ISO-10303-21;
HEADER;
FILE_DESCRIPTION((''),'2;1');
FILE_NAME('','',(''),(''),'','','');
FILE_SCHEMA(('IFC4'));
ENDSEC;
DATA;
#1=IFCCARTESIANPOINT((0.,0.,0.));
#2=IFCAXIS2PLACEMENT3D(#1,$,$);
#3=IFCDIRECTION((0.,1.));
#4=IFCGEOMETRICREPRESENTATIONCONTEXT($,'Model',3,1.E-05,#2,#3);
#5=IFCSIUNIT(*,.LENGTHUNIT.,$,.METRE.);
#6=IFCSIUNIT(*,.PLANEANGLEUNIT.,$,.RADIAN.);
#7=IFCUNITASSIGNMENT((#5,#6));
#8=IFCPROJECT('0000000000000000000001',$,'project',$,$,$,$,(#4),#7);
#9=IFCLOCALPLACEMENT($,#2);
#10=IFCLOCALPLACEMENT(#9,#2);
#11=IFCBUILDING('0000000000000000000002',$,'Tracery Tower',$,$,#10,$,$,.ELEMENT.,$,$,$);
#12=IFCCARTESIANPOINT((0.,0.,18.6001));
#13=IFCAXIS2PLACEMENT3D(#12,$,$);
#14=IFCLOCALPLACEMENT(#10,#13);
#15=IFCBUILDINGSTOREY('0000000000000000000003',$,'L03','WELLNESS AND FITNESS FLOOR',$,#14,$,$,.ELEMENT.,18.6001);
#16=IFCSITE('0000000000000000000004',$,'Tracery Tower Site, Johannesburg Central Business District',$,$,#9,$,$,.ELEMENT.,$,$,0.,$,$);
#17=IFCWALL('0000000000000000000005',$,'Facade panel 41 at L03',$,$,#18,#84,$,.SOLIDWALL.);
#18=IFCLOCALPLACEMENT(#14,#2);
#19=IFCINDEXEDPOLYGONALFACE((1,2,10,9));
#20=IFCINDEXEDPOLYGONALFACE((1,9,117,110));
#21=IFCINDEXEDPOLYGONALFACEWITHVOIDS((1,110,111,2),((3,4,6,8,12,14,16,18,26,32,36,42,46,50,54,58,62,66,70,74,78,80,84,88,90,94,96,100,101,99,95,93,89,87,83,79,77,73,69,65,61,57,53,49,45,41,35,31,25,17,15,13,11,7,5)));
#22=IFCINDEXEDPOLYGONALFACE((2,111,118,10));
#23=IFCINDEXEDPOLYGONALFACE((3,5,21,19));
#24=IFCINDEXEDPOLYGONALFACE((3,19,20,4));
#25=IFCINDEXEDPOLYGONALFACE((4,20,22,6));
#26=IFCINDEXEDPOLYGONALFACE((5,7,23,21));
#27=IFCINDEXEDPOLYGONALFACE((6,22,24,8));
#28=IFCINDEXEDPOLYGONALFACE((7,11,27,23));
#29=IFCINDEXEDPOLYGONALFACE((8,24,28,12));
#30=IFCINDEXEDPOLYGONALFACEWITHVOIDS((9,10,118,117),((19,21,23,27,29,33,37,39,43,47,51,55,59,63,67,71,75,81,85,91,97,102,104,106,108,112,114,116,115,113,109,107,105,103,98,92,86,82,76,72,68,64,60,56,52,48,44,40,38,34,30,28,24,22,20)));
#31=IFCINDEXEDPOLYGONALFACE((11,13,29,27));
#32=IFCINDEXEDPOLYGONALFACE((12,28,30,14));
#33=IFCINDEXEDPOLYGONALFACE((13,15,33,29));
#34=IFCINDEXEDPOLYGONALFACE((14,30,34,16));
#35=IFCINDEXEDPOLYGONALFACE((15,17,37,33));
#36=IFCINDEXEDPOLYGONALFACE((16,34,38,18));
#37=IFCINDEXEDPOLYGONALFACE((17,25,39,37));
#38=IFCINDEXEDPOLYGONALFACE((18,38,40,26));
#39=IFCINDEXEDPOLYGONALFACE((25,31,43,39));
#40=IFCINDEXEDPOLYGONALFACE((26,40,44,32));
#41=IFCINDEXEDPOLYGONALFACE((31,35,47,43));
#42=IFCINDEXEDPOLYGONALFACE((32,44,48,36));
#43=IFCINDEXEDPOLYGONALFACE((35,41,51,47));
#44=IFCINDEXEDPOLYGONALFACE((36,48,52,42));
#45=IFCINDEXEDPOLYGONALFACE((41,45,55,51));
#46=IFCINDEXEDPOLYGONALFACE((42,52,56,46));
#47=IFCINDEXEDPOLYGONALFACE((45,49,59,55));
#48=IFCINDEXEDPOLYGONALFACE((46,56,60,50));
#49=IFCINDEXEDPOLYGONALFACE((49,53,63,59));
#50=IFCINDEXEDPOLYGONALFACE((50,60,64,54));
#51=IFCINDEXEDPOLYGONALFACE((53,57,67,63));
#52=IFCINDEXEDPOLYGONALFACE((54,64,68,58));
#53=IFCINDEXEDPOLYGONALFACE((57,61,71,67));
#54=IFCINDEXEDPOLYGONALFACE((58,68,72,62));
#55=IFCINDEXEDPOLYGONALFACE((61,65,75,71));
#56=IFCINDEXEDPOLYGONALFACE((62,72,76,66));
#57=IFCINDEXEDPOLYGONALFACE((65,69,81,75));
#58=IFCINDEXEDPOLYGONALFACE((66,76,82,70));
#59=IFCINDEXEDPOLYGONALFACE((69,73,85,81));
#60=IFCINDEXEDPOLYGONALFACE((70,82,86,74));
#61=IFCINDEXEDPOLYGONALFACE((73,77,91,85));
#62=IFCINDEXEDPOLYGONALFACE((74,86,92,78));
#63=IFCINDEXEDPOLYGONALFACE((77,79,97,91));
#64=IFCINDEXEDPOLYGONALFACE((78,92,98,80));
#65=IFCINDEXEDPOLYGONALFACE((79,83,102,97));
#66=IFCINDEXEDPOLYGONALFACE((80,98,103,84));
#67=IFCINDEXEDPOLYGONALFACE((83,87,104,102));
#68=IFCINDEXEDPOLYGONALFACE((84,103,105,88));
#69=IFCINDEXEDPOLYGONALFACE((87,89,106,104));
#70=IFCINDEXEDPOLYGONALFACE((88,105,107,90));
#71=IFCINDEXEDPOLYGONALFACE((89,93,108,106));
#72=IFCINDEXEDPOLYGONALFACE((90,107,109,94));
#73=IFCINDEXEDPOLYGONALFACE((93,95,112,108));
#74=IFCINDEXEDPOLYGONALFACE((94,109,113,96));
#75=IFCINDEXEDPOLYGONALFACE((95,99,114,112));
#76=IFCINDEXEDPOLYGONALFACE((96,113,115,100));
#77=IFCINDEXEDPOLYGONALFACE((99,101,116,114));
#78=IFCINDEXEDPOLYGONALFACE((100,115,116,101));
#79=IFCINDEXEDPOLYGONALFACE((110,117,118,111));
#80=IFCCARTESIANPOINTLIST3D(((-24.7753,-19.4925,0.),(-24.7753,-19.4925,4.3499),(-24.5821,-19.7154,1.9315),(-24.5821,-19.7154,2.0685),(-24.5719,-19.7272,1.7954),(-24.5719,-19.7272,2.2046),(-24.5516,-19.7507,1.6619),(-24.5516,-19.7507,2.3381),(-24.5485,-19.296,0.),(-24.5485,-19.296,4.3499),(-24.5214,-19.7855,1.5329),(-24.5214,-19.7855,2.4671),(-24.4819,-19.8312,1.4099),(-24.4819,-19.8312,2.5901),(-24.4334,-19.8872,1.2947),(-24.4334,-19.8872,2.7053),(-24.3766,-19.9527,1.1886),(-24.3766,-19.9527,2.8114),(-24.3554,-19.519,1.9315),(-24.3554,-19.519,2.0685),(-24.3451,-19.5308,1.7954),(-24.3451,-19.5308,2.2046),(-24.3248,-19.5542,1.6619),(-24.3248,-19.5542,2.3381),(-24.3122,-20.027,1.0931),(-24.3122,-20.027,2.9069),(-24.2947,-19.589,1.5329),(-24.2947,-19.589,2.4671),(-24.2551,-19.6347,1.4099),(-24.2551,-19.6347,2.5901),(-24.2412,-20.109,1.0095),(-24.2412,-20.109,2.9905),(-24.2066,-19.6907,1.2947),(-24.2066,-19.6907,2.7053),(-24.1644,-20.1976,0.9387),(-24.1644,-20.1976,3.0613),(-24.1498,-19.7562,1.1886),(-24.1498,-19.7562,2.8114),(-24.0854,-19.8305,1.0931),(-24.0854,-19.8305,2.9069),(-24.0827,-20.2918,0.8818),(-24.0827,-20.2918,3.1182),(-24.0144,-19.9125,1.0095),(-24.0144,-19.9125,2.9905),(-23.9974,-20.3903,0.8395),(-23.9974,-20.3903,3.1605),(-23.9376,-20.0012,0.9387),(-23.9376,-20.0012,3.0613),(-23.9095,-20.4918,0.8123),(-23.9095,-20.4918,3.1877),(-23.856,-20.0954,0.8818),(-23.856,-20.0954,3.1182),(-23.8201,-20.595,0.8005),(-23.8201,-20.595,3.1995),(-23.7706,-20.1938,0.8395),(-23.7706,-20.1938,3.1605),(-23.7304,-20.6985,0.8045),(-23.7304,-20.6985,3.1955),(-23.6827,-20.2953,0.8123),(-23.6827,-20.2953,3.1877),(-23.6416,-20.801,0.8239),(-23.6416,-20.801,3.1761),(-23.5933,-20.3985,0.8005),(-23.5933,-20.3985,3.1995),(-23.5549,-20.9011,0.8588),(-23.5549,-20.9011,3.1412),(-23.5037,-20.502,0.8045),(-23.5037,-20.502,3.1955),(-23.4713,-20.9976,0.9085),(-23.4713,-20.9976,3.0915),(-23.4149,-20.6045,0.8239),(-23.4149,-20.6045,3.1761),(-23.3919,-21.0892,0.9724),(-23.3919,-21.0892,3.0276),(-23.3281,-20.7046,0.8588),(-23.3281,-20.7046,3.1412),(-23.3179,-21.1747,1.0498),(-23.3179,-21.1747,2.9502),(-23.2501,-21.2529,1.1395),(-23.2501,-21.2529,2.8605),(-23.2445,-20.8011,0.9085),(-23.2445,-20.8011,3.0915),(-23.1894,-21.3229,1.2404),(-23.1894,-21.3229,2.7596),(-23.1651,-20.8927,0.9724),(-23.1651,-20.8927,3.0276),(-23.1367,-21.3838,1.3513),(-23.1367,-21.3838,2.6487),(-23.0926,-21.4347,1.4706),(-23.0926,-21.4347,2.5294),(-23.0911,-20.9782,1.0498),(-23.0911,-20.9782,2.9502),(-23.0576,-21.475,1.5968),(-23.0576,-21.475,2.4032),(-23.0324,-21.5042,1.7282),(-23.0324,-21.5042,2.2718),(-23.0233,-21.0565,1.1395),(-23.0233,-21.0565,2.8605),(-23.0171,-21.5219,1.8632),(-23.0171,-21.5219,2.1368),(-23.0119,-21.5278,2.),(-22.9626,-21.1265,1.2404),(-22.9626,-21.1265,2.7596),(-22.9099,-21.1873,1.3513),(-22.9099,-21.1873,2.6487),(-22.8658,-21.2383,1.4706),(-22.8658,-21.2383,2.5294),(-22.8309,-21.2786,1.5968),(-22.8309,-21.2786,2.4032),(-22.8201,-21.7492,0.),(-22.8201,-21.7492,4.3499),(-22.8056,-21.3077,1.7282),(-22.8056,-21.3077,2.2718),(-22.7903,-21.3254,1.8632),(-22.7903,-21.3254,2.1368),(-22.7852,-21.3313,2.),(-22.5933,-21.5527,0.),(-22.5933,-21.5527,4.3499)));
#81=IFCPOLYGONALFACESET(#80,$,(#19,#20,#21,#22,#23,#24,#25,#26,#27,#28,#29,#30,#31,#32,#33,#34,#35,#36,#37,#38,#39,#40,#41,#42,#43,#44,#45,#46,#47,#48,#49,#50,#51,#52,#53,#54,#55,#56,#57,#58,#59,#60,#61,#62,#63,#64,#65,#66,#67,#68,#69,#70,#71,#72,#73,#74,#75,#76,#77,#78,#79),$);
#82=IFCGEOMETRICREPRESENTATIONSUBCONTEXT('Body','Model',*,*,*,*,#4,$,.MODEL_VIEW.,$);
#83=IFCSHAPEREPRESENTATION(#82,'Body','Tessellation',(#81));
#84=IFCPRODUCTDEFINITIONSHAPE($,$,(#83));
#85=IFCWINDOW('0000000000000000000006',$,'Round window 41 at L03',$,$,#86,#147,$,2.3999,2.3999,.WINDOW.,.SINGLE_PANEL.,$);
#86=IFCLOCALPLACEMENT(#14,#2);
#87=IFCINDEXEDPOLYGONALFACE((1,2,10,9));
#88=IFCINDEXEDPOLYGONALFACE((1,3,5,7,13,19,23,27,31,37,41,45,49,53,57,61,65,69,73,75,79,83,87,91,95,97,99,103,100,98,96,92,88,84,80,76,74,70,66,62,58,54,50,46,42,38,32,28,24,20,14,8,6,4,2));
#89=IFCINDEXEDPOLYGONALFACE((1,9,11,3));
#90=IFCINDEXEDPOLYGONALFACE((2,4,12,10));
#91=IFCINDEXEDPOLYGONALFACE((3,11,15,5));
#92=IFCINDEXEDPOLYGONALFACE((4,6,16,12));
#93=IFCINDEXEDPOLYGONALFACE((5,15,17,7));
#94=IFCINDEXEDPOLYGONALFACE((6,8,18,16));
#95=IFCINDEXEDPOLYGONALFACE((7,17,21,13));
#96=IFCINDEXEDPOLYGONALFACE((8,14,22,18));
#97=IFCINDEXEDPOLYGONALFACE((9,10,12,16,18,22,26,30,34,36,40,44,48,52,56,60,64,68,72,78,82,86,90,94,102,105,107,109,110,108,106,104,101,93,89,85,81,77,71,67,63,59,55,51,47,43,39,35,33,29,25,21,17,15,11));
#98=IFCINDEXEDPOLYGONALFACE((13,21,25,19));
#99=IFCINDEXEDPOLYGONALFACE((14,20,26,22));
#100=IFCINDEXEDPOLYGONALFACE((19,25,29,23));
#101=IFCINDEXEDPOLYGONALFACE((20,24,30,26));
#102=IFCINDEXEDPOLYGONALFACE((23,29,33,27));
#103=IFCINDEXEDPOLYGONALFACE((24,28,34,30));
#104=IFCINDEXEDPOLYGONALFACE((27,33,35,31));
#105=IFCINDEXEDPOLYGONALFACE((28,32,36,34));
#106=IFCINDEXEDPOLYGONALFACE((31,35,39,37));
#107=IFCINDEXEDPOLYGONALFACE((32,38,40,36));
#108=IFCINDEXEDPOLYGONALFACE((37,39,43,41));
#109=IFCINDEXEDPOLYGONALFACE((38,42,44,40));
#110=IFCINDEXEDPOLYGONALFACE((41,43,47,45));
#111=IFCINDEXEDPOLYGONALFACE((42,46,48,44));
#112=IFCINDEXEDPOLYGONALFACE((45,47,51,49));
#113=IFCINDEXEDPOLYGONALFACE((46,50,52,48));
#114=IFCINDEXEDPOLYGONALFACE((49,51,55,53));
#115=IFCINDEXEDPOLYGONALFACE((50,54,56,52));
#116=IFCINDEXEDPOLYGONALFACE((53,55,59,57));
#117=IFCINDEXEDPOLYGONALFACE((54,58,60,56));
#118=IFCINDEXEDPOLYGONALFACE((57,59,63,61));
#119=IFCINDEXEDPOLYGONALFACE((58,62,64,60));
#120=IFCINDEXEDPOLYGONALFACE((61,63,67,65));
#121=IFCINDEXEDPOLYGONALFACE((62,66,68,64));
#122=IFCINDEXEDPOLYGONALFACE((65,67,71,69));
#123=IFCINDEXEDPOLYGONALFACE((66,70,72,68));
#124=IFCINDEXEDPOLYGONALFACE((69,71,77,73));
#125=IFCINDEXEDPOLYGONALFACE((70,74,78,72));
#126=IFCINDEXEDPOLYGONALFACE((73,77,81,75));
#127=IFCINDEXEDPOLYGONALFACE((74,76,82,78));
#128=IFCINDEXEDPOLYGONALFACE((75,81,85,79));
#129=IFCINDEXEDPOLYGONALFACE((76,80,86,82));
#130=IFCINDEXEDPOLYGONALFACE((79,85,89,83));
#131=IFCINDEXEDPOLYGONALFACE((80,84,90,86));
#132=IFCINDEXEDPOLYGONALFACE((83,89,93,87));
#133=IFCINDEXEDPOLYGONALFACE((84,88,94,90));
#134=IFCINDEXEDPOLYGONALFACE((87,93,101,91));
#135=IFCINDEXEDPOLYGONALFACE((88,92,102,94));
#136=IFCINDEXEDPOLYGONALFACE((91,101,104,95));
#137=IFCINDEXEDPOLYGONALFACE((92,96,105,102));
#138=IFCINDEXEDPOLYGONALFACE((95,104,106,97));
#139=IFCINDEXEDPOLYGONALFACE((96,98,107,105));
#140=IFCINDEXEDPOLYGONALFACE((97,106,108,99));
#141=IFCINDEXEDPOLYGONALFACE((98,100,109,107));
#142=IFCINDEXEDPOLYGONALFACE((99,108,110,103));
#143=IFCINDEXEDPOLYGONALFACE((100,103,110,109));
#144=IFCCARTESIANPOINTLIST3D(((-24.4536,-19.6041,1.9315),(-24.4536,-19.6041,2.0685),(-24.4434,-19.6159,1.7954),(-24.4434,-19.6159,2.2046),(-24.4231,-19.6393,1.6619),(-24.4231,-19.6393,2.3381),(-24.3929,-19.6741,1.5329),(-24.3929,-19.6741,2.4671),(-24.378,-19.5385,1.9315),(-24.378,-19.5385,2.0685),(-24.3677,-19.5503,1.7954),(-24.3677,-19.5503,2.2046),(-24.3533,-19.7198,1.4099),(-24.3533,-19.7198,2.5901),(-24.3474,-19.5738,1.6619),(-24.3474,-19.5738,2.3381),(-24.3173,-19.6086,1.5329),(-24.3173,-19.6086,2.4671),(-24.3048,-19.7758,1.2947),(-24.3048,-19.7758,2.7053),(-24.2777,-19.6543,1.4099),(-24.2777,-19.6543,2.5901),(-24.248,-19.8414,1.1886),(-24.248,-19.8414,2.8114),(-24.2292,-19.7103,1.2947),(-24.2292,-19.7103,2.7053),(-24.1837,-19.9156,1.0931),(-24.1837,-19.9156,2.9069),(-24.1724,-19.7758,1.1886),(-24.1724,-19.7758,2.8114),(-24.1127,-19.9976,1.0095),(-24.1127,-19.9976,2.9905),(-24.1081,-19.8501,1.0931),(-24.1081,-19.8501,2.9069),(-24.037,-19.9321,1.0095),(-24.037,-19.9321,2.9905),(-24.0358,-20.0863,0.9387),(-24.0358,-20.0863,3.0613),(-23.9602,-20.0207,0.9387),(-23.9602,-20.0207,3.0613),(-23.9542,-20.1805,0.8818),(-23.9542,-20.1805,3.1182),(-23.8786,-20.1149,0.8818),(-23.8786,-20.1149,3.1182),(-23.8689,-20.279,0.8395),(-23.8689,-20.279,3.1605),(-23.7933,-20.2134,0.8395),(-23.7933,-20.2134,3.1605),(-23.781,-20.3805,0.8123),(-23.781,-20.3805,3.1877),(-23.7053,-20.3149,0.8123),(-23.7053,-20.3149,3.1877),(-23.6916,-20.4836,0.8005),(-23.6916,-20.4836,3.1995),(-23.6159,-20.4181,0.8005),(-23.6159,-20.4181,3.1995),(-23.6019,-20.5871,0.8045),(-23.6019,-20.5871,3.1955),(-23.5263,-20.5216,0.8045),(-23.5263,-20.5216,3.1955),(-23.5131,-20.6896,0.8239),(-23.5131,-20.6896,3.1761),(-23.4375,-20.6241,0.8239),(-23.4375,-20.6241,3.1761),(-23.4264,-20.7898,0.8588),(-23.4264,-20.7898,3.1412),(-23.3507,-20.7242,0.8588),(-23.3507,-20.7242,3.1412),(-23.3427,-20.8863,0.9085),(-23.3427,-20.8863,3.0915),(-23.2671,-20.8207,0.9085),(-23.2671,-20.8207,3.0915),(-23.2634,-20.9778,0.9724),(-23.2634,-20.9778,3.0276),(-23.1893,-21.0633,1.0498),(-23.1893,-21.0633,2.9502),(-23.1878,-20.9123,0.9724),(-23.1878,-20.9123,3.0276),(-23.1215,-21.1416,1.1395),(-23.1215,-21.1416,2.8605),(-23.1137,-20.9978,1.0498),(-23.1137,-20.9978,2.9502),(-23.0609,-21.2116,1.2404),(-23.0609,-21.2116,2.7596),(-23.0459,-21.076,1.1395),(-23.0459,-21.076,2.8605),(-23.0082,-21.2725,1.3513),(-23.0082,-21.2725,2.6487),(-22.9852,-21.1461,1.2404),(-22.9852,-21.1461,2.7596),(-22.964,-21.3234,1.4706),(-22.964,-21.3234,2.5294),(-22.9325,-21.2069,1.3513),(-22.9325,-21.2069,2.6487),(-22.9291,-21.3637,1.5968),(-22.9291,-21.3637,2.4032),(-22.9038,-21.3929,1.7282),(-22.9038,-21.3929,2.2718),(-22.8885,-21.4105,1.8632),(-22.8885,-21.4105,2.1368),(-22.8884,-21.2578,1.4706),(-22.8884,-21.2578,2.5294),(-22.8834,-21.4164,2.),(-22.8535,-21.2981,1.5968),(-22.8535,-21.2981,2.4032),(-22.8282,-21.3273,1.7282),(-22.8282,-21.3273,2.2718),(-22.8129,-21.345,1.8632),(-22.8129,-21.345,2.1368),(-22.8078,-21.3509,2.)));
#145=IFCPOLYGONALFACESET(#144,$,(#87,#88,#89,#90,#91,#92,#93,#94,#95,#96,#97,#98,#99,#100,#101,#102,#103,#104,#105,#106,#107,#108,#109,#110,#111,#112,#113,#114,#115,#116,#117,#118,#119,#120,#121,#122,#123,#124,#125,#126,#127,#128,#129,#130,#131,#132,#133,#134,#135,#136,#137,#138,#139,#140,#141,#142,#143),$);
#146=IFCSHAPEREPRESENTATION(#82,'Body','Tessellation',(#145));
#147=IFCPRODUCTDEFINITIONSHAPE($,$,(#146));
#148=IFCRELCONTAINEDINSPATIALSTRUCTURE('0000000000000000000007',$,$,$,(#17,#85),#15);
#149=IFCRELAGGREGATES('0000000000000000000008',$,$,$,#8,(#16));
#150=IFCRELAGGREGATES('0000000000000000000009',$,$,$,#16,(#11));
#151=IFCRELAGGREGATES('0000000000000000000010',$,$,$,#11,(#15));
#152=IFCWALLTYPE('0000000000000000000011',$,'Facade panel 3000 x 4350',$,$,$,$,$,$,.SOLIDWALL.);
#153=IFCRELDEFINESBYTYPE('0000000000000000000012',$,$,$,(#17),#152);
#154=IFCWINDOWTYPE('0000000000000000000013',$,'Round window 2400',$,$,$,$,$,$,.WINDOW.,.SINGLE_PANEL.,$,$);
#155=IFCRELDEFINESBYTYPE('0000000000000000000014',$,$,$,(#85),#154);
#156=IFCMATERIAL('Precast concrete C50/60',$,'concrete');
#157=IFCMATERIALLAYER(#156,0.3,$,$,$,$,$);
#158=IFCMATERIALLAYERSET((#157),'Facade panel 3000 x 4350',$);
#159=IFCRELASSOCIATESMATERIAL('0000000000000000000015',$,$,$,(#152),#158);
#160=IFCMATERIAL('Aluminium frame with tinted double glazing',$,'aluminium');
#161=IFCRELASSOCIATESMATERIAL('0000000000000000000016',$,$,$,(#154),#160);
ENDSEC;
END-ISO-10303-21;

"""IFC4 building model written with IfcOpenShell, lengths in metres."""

from ifc_helpers import new_model, si_unit, direction, frame, frame_2d, origin, origin_2d, place, context, subcontext, project, spatial, rectangle, circle, extrude, material, layer, layer_set, type_object, element, fill, save


model = new_model("IFC4")

# Units and contexts
model_context = context("Model", 3, precision=1e-05, world=origin(), true_north=direction((0.0, 1.0)))
body_context = subcontext(model_context, "Body", "Model", "MODEL_VIEW")
ifc_project = project(units=[si_unit("LENGTHUNIT", "METRE"), si_unit("PLANEANGLEUNIT", "RADIAN")], contexts=[model_context])

# Site, building, storey
site_placement = place(None, origin())
site = spatial("IfcSite", under=ifc_project, at=site_placement, Name="Tracery Tower Site, Johannesburg Central Business District", CompositionType="ELEMENT", RefElevation=0.0)
building_placement = place(site_placement, origin())
building = spatial("IfcBuilding", under=site, at=building_placement, Name="Tracery Tower", CompositionType="ELEMENT")
storey_placement = place(building_placement, frame((0.0, 0.0, 18.6001)))
storey = spatial("IfcBuildingStorey", under=building, at=storey_placement, Name="L03", Description="WELLNESS AND FITNESS FLOOR", CompositionType="ELEMENT", Elevation=18.6001)

# Wall, opening, window
ifc_material_1 = material(Name="Precast concrete C50/60", Category="concrete")
ifc_layer_1 = layer(ifc_material_1, 0.3)
ifc_layer_set_1 = layer_set([ifc_layer_1], Name="Facade panel 3000 x 4350")
wall_type_1 = type_object("IfcWallType", Name="Facade panel 3000 x 4350", PredefinedType="SOLIDWALL", material=ifc_layer_set_1)
ifc_material_2 = material(Name="Aluminium frame with tinted double glazing", Category="aluminium")
window_type = type_object("IfcWindowType", Name="Round window 2400", PartitioningType="SINGLE_PANEL", PredefinedType="WINDOW", material=ifc_material_2)
wall_1_placement = place(storey_placement, frame((-24.6619, -19.3943, 0.0), z_axis=(0.0, 0.0, 1.0), x_axis=(0.654809, -0.755794, 0.0)))
wall_1 = element("IfcWall", 1, at=wall_1_placement, inside=storey, type_object=wall_type_1, Name="Facade panel 41 at L03", PredefinedType="SOLIDWALL", context=body_context, shape_type="SweptSolid", body=[
    extrude(rectangle(XDim=2.9858, YDim=0.3, at=frame_2d((1.4929, 0.0))), origin(), (0.0, 0.0, 1.0), 4.3499),
])
opening_1_placement = place(wall_1_placement, frame((1.4929, 0.0, 2.0)))
opening_1 = element("IfcOpeningElement", 2, at=opening_1_placement, cuts=wall_1, PredefinedType="OPENING", context=body_context, shape_type="SweptSolid", body=[
    extrude(circle(Radius=1.2, at=origin_2d()), frame((0.0, 0.1599, 0.0), z_axis=(0.0, -1.0, 0.0), x_axis=(1.0, 0.0, 0.0)), (0.0, 0.0, 1.0), 0.3201),
])
window_1_placement = place(opening_1_placement, origin())
window_1 = element("IfcWindow", 3, at=window_1_placement, inside=storey, type_object=window_type, Name="Round window 41 at L03", OverallHeight=2.3999, OverallWidth=2.3999, PartitioningType="SINGLE_PANEL", PredefinedType="WINDOW", context=body_context, shape_type="SweptSolid", body=[
    extrude(circle(Radius=1.2, at=origin_2d()), frame((0.0, 0.1201, 0.0), z_axis=(0.0, -1.0, 0.0), x_axis=(1.0, 0.0, 0.0)), (0.0, 0.0, 1.0), 0.1001),
])
fill(opening_1, window_1)

save(model, "model.ifc")
